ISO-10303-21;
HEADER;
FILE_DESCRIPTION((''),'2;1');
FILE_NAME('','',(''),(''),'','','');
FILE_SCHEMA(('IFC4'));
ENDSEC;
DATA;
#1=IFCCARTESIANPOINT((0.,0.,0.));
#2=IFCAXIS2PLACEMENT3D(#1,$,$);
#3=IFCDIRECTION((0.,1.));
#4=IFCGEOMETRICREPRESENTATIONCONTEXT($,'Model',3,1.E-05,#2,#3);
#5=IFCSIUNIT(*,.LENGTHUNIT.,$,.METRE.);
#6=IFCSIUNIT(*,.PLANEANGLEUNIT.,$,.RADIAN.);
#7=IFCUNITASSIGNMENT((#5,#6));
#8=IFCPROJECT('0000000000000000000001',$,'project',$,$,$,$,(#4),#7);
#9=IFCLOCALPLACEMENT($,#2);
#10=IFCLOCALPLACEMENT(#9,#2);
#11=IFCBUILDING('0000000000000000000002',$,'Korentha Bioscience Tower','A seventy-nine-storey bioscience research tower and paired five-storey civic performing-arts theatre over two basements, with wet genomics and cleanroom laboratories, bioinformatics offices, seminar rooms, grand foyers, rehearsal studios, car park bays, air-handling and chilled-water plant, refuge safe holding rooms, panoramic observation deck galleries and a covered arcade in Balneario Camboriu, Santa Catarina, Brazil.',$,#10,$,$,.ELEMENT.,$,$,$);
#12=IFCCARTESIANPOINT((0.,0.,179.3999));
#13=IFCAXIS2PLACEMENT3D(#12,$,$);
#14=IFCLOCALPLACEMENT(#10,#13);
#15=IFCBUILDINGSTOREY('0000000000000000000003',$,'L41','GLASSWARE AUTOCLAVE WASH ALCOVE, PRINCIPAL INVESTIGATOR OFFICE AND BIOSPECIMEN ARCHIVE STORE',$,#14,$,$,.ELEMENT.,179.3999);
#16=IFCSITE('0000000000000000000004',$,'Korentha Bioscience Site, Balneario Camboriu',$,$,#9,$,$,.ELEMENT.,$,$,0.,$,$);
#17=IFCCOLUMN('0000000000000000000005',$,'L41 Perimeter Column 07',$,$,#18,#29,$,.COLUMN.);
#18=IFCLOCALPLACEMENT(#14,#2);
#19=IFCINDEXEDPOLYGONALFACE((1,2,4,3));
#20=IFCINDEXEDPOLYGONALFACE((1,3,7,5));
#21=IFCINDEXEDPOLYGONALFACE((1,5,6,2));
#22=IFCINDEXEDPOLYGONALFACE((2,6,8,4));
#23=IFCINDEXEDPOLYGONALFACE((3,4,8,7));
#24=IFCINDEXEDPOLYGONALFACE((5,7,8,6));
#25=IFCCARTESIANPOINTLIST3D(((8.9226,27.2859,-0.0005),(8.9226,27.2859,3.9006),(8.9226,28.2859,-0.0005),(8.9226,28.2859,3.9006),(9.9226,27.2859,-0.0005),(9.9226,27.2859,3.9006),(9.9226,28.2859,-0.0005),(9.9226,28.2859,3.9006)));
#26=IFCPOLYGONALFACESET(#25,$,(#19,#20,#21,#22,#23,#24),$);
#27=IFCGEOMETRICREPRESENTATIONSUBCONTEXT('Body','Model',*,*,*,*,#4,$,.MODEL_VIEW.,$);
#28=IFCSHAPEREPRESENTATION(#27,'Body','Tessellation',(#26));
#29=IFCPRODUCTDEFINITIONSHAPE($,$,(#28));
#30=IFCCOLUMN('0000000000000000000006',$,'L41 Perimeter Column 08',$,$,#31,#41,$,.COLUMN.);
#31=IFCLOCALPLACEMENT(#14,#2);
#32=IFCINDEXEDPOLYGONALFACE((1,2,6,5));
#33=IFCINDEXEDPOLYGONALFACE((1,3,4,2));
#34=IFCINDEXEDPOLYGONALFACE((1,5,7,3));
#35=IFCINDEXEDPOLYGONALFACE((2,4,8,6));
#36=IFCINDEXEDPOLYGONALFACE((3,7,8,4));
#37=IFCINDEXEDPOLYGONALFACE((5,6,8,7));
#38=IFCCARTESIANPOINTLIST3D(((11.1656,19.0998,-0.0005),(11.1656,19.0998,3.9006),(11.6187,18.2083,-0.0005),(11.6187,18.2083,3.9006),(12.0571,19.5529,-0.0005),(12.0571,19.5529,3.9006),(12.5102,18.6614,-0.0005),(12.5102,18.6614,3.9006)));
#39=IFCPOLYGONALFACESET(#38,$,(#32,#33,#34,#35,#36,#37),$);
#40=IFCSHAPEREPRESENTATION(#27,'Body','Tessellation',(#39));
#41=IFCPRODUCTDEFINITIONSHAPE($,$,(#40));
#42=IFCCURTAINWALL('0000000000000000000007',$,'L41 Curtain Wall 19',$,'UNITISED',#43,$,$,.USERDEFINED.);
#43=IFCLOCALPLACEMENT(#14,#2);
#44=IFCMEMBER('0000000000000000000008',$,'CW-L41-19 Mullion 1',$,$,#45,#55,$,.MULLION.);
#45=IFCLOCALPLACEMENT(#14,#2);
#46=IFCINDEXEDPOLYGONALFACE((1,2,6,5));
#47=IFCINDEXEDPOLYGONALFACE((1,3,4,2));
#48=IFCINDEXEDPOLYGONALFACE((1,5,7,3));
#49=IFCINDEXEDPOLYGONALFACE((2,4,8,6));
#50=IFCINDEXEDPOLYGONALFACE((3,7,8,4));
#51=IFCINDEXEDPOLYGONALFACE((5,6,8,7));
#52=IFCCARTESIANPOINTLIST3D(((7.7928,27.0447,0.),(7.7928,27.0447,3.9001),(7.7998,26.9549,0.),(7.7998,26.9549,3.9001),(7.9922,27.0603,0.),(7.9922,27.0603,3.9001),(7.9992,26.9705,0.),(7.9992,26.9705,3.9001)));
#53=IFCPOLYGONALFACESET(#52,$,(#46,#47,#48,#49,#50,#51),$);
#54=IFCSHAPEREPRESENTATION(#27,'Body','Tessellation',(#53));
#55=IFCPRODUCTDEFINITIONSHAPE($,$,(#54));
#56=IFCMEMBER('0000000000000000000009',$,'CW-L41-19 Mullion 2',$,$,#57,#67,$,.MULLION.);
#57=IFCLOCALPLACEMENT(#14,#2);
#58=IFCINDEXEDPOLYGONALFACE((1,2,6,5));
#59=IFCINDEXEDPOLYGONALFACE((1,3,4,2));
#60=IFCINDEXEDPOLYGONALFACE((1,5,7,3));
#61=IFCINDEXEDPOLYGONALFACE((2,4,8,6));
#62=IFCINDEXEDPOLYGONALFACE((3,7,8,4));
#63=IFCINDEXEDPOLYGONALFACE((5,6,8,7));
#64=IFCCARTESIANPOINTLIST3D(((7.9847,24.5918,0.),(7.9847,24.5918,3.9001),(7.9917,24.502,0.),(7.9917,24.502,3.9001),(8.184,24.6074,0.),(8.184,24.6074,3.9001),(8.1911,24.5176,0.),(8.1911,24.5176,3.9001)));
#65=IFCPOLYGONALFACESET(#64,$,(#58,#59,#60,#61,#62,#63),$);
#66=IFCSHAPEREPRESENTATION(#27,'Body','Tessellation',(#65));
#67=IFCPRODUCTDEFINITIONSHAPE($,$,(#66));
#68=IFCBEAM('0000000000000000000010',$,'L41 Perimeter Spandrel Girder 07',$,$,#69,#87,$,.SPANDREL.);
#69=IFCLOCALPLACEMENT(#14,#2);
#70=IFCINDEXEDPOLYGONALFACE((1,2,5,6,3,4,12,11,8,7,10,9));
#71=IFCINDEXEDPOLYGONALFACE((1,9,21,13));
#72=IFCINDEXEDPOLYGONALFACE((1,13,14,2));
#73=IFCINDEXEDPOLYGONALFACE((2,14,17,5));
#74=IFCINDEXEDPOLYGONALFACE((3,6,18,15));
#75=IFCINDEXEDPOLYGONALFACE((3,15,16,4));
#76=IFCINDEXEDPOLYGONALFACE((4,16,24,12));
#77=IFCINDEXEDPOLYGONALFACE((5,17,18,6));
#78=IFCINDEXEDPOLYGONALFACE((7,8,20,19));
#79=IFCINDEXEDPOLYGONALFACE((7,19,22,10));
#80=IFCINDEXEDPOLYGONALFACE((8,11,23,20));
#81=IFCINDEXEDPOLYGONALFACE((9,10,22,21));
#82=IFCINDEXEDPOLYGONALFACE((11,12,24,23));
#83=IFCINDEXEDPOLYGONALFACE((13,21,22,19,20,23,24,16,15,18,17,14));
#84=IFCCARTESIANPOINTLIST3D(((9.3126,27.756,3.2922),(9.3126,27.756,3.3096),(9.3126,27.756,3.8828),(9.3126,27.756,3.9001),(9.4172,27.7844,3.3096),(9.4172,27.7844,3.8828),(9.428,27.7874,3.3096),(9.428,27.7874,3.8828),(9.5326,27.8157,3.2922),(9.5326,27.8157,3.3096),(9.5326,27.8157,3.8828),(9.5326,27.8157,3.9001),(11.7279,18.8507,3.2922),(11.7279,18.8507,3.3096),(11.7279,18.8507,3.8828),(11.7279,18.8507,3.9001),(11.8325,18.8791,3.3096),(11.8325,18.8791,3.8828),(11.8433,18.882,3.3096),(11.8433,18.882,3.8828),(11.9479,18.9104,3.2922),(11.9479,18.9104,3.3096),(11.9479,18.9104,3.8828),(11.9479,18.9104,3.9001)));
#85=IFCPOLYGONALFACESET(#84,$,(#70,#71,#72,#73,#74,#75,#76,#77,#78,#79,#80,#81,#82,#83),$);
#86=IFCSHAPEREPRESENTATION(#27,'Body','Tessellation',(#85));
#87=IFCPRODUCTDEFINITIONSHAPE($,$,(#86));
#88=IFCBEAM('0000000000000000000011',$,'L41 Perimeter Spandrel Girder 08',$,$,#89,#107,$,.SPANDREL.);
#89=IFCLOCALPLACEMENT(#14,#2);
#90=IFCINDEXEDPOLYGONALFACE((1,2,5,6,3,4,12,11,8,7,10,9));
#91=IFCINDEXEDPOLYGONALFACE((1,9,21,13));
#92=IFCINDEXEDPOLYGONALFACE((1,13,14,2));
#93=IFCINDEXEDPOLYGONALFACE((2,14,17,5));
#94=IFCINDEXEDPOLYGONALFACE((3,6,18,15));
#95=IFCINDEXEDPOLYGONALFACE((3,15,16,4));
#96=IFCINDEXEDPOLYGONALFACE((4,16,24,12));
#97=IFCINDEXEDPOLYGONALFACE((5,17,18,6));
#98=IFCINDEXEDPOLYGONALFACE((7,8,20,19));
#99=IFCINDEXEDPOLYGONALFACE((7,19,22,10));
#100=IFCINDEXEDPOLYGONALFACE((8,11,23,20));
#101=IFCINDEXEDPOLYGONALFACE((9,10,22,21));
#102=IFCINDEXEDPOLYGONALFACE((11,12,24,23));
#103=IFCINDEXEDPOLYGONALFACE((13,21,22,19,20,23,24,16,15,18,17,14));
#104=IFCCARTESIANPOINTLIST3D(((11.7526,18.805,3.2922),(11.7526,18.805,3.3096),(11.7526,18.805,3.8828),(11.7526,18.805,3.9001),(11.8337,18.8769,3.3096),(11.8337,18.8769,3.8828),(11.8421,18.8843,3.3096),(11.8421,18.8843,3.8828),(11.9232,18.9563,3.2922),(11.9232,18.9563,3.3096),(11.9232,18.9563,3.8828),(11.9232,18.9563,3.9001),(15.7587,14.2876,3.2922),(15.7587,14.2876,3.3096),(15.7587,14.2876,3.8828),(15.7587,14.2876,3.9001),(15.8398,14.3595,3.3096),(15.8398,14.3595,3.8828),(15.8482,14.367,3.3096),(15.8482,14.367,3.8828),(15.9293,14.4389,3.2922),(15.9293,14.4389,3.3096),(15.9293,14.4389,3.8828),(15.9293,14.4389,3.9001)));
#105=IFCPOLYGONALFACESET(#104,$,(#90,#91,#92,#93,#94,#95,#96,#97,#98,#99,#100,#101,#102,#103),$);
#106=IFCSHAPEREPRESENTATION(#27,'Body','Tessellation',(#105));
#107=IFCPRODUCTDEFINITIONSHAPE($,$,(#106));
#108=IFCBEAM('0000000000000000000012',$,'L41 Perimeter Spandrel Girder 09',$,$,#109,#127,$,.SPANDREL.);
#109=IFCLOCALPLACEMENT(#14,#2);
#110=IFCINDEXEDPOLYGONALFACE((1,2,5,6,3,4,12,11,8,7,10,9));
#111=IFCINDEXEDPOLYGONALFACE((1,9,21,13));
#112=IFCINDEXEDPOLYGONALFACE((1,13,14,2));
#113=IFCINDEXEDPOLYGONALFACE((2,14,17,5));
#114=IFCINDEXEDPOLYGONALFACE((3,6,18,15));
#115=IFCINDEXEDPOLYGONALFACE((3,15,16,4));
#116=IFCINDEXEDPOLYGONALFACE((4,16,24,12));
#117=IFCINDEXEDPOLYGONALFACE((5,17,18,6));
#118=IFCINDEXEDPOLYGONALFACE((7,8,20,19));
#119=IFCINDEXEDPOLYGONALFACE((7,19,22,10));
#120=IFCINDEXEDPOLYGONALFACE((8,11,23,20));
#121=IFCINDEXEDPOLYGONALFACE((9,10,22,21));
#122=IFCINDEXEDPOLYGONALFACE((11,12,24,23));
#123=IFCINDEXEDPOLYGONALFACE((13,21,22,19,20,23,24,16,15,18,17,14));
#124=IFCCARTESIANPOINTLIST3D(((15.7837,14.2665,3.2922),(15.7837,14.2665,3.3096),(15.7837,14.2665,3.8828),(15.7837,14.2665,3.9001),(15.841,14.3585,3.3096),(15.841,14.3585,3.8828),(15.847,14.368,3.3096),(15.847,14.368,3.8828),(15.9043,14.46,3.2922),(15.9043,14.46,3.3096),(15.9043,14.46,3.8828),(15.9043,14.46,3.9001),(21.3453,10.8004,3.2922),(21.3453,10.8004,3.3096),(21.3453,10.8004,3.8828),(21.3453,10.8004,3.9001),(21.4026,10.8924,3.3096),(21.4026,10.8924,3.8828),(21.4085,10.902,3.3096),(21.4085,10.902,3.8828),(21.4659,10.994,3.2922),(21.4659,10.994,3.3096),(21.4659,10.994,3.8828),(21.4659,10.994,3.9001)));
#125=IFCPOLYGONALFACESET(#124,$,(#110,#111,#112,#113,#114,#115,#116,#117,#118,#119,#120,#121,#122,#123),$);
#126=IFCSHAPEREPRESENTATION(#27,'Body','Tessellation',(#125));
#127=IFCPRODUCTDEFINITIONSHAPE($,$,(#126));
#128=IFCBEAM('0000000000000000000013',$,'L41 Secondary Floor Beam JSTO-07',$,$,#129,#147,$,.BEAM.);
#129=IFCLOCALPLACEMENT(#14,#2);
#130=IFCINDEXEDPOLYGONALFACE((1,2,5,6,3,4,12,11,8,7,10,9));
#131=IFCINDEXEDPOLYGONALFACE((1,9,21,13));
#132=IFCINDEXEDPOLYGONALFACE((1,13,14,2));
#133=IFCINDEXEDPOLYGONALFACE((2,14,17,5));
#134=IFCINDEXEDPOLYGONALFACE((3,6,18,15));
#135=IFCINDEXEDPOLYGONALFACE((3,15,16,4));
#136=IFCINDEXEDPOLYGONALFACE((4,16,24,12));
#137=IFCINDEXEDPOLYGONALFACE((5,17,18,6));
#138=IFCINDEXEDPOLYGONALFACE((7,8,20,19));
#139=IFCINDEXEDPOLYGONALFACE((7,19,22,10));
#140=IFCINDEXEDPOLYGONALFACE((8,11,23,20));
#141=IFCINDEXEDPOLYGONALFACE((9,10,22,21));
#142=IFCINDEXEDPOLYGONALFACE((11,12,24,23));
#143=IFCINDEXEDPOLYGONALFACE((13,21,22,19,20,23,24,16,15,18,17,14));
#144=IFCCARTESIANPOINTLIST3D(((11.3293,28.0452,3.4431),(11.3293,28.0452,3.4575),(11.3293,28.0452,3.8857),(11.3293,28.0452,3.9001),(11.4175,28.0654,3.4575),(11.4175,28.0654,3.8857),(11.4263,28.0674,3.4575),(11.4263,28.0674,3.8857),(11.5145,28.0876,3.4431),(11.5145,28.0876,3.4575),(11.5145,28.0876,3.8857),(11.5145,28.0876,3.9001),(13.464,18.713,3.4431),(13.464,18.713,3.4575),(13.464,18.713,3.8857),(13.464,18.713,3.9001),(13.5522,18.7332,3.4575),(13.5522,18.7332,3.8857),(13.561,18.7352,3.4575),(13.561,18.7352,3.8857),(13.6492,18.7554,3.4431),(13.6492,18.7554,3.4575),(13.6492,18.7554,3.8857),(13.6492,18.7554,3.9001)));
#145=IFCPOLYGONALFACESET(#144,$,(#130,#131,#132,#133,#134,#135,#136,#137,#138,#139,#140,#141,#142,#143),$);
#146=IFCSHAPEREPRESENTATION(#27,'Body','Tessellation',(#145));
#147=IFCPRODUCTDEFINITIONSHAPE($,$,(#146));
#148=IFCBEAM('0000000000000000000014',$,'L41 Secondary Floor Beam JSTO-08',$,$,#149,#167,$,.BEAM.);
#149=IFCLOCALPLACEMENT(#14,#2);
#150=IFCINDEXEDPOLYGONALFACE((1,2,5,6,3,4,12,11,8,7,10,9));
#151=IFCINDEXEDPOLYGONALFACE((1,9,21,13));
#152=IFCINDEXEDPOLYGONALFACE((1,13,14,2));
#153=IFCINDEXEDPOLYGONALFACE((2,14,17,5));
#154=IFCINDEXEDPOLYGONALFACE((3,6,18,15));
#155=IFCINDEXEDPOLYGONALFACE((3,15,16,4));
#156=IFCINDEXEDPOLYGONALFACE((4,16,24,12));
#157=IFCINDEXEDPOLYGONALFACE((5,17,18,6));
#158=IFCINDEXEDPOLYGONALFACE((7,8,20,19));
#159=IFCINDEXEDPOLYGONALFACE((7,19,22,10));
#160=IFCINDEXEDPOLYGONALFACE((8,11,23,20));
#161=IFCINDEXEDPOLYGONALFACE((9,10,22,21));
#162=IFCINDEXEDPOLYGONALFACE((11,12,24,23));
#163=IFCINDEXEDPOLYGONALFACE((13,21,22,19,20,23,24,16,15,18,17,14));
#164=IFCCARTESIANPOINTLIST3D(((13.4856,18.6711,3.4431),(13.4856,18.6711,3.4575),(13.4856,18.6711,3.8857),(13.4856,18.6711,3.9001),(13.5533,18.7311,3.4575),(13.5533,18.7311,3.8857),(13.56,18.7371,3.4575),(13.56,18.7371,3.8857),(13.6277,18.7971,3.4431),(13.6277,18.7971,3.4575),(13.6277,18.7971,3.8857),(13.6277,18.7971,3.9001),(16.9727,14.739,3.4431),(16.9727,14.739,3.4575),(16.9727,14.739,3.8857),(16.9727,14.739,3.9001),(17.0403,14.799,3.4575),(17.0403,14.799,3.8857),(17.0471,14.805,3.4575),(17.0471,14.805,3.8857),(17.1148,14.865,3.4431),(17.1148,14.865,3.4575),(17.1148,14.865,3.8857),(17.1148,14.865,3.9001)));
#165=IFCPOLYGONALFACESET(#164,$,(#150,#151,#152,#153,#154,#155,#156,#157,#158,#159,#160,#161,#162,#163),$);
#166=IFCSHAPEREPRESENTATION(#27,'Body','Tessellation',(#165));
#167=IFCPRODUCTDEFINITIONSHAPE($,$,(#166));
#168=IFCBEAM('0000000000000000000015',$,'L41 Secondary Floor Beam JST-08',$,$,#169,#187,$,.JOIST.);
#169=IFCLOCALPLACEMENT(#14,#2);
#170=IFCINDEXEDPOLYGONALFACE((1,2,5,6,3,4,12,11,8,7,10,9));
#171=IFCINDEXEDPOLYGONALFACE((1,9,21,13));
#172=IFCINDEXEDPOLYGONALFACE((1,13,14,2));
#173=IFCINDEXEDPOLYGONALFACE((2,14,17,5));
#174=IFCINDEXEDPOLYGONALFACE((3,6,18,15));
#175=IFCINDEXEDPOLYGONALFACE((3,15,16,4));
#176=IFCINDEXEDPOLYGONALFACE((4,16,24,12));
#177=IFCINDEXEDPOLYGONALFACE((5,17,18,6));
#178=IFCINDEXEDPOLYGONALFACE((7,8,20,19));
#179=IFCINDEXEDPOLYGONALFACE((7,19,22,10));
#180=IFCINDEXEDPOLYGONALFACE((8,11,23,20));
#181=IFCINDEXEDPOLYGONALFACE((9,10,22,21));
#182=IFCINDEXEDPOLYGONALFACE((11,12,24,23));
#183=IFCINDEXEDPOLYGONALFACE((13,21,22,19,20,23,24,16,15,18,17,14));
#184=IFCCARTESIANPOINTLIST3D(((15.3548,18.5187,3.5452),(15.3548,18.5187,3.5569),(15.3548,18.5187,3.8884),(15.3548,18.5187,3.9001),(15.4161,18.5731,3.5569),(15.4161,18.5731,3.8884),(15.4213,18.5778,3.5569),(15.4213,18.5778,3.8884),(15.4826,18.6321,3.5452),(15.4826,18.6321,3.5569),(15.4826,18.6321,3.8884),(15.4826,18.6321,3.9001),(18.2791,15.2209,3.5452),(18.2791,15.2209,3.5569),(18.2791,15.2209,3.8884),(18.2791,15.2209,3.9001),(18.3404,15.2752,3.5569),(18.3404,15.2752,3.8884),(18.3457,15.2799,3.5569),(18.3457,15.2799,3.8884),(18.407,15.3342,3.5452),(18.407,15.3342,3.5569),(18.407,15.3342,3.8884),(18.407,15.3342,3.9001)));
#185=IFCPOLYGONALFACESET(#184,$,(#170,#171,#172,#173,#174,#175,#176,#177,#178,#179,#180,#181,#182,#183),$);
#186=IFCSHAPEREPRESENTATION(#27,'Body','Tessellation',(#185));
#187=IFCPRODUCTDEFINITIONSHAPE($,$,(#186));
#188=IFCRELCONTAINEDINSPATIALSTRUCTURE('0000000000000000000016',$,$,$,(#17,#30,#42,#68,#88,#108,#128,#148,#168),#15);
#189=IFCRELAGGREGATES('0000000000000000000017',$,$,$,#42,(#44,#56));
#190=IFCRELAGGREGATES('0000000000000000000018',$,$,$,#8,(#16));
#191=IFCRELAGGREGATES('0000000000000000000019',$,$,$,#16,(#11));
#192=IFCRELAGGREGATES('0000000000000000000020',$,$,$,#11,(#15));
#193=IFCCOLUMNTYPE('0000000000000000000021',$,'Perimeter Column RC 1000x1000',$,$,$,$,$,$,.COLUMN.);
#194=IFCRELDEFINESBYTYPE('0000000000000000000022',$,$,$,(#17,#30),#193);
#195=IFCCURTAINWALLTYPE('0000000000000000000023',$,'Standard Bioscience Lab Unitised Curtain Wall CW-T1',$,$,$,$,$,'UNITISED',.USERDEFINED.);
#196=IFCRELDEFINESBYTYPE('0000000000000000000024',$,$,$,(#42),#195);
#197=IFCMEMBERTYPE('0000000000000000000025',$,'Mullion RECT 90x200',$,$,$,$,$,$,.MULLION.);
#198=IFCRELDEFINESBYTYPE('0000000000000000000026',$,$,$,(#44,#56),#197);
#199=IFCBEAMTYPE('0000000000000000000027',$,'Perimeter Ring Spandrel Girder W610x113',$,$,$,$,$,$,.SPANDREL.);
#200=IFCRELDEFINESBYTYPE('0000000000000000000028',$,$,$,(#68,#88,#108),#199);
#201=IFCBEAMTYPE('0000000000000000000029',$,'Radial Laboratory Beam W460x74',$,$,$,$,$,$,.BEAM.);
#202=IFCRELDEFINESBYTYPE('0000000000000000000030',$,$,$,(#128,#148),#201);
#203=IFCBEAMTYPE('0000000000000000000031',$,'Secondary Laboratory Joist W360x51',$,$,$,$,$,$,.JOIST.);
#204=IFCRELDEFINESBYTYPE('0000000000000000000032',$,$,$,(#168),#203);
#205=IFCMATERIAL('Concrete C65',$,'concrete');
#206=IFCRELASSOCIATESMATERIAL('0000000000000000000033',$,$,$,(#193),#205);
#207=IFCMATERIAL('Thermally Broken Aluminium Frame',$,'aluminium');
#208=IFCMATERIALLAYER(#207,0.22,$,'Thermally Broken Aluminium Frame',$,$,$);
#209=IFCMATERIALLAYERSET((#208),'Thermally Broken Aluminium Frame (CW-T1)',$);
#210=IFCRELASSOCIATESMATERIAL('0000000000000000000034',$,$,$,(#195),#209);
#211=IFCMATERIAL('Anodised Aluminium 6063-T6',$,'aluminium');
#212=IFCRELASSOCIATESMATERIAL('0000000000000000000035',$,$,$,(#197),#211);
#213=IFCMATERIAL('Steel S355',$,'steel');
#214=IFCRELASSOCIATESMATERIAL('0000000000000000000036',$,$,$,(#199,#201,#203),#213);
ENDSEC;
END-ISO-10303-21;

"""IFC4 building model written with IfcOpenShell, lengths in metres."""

from ifc_helpers import new_model, si_unit, direction, frame, origin, origin_2d, place, context, subcontext, project, spatial, rectangle, i_section, extrude, material, layer, layer_set, material_profile, profile_set, type_object, element, aggregate, save


model = new_model("IFC4")

# Units and contexts
model_context = context("Model", 3, precision=1e-05, world=origin(), true_north=direction((0.0, 1.0)))
body_context = subcontext(model_context, "Body", "Model", "MODEL_VIEW")
ifc_project = project(units=[si_unit("LENGTHUNIT", "METRE"), si_unit("PLANEANGLEUNIT", "RADIAN")], contexts=[model_context])

# Site, building, storey
site_placement = place(None, origin())
site = spatial("IfcSite", under=ifc_project, at=site_placement, Name="Korentha Bioscience Site, Balneario Camboriu", CompositionType="ELEMENT", RefElevation=0.0)
building_placement = place(site_placement, origin())
building = spatial("IfcBuilding", under=site, at=building_placement, Name="Korentha Bioscience Tower", Description="A seventy-nine-storey bioscience research tower and paired five-storey civic performing-arts theatre over two basements, with wet genomics and cleanroom laboratories, bioinformatics offices, seminar rooms, grand foyers, rehearsal studios, car park bays, air-handling and chilled-water plant, refuge safe holding rooms, panoramic observation deck galleries and a covered arcade in Balneario Camboriu, Santa Catarina, Brazil.", CompositionType="ELEMENT")
storey_placement = place(building_placement, frame((0.0, 0.0, 179.3999)))
storey = spatial("IfcBuildingStorey", under=building, at=storey_placement, Name="L41", Description="GLASSWARE AUTOCLAVE WASH ALCOVE, PRINCIPAL INVESTIGATOR OFFICE AND BIOSPECIMEN ARCHIVE STORE", CompositionType="ELEMENT", Elevation=179.3999)

# Columns
ifc_material_1 = material(Name="Concrete C65", Category="concrete")
ifc_material_profile_1 = material_profile(ifc_material_1, rectangle(XDim=1.0, YDim=1.0, at=origin_2d()), Name="Concrete C65")
ifc_profile_set_1 = profile_set([ifc_material_profile_1], Name="Concrete C65 (COL-P10)")
column_type = type_object("IfcColumnType", Name="Perimeter Column RC 1000x1000", PredefinedType="COLUMN", material=ifc_profile_set_1)
for number, where, z_axis, x_axis, name in (
    (1, (9.4226, 27.7859, -0.0005), (0.0, 0.0, 1.0), (0.0, 1.0, 0.0), "L41 Perimeter Column 07"),
    (2, (11.8379, 18.8806, -0.0005), (0.0, 0.0, 1.0), (-0.453057, 0.891481, 0.0), "L41 Perimeter Column 08"),
):
    element("IfcColumn", number, at=place(storey_placement, frame(where, z_axis=z_axis, x_axis=x_axis)), inside=storey, type_object=column_type, Name=name, PredefinedType="COLUMN", context=body_context, shape_type="SweptSolid", body=[
        extrude(rectangle(XDim=1.0, YDim=1.0, at=origin_2d()), origin(), (0.0, 0.0, 1.0), 3.9011),
    ])

# Curtain wall, members
ifc_material_2 = material(Name="Thermally Broken Aluminium Frame", Category="aluminium")
ifc_layer_1 = layer(ifc_material_2, 0.22, Name="Thermally Broken Aluminium Frame")
ifc_layer_set_1 = layer_set([ifc_layer_1], Name="Thermally Broken Aluminium Frame (CW-T1)")
curtain_wall_type = type_object("IfcCurtainWallType", Name="Standard Bioscience Lab Unitised Curtain Wall CW-T1", ElementType="UNITISED", PredefinedType="USERDEFINED", material=ifc_layer_set_1)
curtain_wall_placement = place(storey_placement, origin())
curtain_wall = element("IfcCurtainWall", 3, at=curtain_wall_placement, inside=storey, type_object=curtain_wall_type, Name="L41 Curtain Wall 19", ObjectType="UNITISED", PredefinedType="USERDEFINED")
ifc_material_3 = material(Name="Anodised Aluminium 6063-T6", Category="aluminium")
ifc_material_profile_2 = material_profile(ifc_material_3, rectangle(XDim=0.0901, YDim=0.2, at=origin_2d()), Name="Anodised Aluminium 6063-T6")
ifc_profile_set_2 = profile_set([ifc_material_profile_2], Name="Anodised Aluminium 6063-T6 (CW-MUL)")
member_type_1 = type_object("IfcMemberType", Name="Mullion RECT 90x200", PredefinedType="MULLION", material=ifc_profile_set_2)
member_1_placement = place(storey_placement, frame((7.896, 27.0076, 0.0), z_axis=(0.0, 0.0, 1.0), x_axis=(0.078031, -0.996951, 0.0)))
member_1 = element("IfcMember", 4, at=member_1_placement, type_object=member_type_1, Name="CW-L41-19 Mullion 1", PredefinedType="MULLION", context=body_context, shape_type="SweptSolid", body=[
    extrude(rectangle(XDim=0.0901, YDim=0.2, at=origin_2d()), origin(), (0.0, 0.0, 1.0), 3.9001),
])
member_2_placement = place(storey_placement, frame((8.0879, 24.5547, 0.0), z_axis=(0.0, 0.0, 1.0), x_axis=(0.078031, -0.996951, 0.0)))
member_2 = element("IfcMember", 5, at=member_2_placement, type_object=member_type_1, Name="CW-L41-19 Mullion 2", PredefinedType="MULLION", context=body_context, shape_type="SweptSolid", body=[
    extrude(rectangle(XDim=0.0901, YDim=0.2, at=origin_2d()), origin(), (0.0, 0.0, 1.0), 3.9001),
])

# Beams
ifc_material_4 = material(Name="Steel S355", Category="steel")
ifc_material_profile_3 = material_profile(ifc_material_4, i_section(OverallWidth=0.228, OverallDepth=0.6079, WebThickness=0.0112, FlangeThickness=0.0173, at=origin_2d()), Name="Steel S355")
ifc_profile_set_3 = profile_set([ifc_material_profile_3], Name="Steel S355 (SB-610)")
beam_type_1 = type_object("IfcBeamType", Name="Perimeter Ring Spandrel Girder W610x113", PredefinedType="SPANDREL", material=ifc_profile_set_3)
beam_1_placement = place(storey_placement, frame((9.4226, 27.7859, 3.5962), z_axis=(0.261763, -0.965132, 0.0), x_axis=(0.965132, 0.261763, 0.0)))
element("IfcBeam", 6, at=beam_1_placement, inside=storey, type_object=beam_type_1, Name="L41 Perimeter Spandrel Girder 07", PredefinedType="SPANDREL", context=body_context, shape_type="SweptSolid", body=[
    extrude(i_section(OverallWidth=0.228, OverallDepth=0.6079, WebThickness=0.0112, FlangeThickness=0.0173, at=origin_2d()), origin(), (0.0, 0.0, 1.0), 9.2271),
])
beam_2_placement = place(storey_placement, frame((11.8379, 18.8806, 3.5962), z_axis=(0.663503, -0.748174, 0.0), x_axis=(0.748174, 0.663503, 0.0)))
element("IfcBeam", 7, at=beam_2_placement, inside=storey, type_object=beam_type_1, Name="L41 Perimeter Spandrel Girder 08", PredefinedType="SPANDREL", context=body_context, shape_type="SweptSolid", body=[
    extrude(i_section(OverallWidth=0.228, OverallDepth=0.6079, WebThickness=0.0112, FlangeThickness=0.0173, at=origin_2d()), origin(), (0.0, 0.0, 1.0), 6.0378),
])
beam_3_placement = place(storey_placement, frame((15.844, 14.3633, 3.5962), z_axis=(0.848676, -0.528913, 0.0), x_axis=(0.528913, 0.848676, 0.0)))
element("IfcBeam", 8, at=beam_3_placement, inside=storey, type_object=beam_type_1, Name="L41 Perimeter Spandrel Girder 09", PredefinedType="SPANDREL", context=body_context, shape_type="SweptSolid", body=[
    extrude(i_section(OverallWidth=0.228, OverallDepth=0.6079, WebThickness=0.0112, FlangeThickness=0.0173, at=origin_2d()), origin(), (0.0, 0.0, 1.0), 6.5532),
])
ifc_material_profile_4 = material_profile(ifc_material_4, i_section(OverallWidth=0.1899, OverallDepth=0.457, WebThickness=0.009, FlangeThickness=0.0144, at=origin_2d()), Name="Steel S355")
ifc_profile_set_4 = profile_set([ifc_material_profile_4], Name="Steel S355 (RB-460)")
beam_type_2 = type_object("IfcBeamType", Name="Radial Laboratory Beam W460x74", PredefinedType="BEAM", material=ifc_profile_set_4)
beam_4_placement = place(storey_placement, frame((11.4219, 28.0664, 3.6716), z_axis=(0.222991, -0.974821, 0.0), x_axis=(0.974821, 0.222991, 0.0)))
element("IfcBeam", 9, at=beam_4_placement, inside=storey, type_object=beam_type_2, Name="L41 Secondary Floor Beam JSTO-07", PredefinedType="BEAM", context=body_context, shape_type="SweptSolid", body=[
    extrude(i_section(OverallWidth=0.1899, OverallDepth=0.457, WebThickness=0.009, FlangeThickness=0.0144, at=origin_2d()), origin(), (0.0, 0.0, 1.0), 9.5732),
])
beam_5_placement = place(storey_placement, frame((13.5566, 18.7341, 3.6716), z_axis=(0.663496, -0.74818, 0.0), x_axis=(0.74818, 0.663496, 0.0)))
element("IfcBeam", 10, at=beam_5_placement, inside=storey, type_object=beam_type_2, Name="L41 Secondary Floor Beam JSTO-08", PredefinedType="BEAM", context=body_context, shape_type="SweptSolid", body=[
    extrude(i_section(OverallWidth=0.1899, OverallDepth=0.457, WebThickness=0.009, FlangeThickness=0.0144, at=origin_2d()), origin(), (0.0, 0.0, 1.0), 5.2556),
])
ifc_material_profile_5 = material_profile(ifc_material_4, i_section(OverallWidth=0.1709, OverallDepth=0.355, WebThickness=0.0071, FlangeThickness=0.0117, at=origin_2d()), Name="Steel S355")
ifc_profile_set_5 = profile_set([ifc_material_profile_5], Name="Steel S355 (JB-360)")
beam_type_3 = type_object("IfcBeamType", Name="Secondary Laboratory Joist W360x51", PredefinedType="JOIST", material=ifc_profile_set_5)
beam_6_placement = place(storey_placement, frame((15.4187, 18.5754, 3.7227), z_axis=(0.663463, -0.748209, 0.0), x_axis=(0.748209, 0.663463, 0.0)))
element("IfcBeam", 11, at=beam_6_placement, inside=storey, type_object=beam_type_3, Name="L41 Secondary Floor Beam JST-08", PredefinedType="JOIST", context=body_context, shape_type="SweptSolid", body=[
    extrude(i_section(OverallWidth=0.1709, OverallDepth=0.355, WebThickness=0.0071, FlangeThickness=0.0117, at=origin_2d()), origin(), (0.0, 0.0, 1.0), 4.4077),
])

aggregate(curtain_wall, [member_1, member_2])

save(model, "model.ifc")
